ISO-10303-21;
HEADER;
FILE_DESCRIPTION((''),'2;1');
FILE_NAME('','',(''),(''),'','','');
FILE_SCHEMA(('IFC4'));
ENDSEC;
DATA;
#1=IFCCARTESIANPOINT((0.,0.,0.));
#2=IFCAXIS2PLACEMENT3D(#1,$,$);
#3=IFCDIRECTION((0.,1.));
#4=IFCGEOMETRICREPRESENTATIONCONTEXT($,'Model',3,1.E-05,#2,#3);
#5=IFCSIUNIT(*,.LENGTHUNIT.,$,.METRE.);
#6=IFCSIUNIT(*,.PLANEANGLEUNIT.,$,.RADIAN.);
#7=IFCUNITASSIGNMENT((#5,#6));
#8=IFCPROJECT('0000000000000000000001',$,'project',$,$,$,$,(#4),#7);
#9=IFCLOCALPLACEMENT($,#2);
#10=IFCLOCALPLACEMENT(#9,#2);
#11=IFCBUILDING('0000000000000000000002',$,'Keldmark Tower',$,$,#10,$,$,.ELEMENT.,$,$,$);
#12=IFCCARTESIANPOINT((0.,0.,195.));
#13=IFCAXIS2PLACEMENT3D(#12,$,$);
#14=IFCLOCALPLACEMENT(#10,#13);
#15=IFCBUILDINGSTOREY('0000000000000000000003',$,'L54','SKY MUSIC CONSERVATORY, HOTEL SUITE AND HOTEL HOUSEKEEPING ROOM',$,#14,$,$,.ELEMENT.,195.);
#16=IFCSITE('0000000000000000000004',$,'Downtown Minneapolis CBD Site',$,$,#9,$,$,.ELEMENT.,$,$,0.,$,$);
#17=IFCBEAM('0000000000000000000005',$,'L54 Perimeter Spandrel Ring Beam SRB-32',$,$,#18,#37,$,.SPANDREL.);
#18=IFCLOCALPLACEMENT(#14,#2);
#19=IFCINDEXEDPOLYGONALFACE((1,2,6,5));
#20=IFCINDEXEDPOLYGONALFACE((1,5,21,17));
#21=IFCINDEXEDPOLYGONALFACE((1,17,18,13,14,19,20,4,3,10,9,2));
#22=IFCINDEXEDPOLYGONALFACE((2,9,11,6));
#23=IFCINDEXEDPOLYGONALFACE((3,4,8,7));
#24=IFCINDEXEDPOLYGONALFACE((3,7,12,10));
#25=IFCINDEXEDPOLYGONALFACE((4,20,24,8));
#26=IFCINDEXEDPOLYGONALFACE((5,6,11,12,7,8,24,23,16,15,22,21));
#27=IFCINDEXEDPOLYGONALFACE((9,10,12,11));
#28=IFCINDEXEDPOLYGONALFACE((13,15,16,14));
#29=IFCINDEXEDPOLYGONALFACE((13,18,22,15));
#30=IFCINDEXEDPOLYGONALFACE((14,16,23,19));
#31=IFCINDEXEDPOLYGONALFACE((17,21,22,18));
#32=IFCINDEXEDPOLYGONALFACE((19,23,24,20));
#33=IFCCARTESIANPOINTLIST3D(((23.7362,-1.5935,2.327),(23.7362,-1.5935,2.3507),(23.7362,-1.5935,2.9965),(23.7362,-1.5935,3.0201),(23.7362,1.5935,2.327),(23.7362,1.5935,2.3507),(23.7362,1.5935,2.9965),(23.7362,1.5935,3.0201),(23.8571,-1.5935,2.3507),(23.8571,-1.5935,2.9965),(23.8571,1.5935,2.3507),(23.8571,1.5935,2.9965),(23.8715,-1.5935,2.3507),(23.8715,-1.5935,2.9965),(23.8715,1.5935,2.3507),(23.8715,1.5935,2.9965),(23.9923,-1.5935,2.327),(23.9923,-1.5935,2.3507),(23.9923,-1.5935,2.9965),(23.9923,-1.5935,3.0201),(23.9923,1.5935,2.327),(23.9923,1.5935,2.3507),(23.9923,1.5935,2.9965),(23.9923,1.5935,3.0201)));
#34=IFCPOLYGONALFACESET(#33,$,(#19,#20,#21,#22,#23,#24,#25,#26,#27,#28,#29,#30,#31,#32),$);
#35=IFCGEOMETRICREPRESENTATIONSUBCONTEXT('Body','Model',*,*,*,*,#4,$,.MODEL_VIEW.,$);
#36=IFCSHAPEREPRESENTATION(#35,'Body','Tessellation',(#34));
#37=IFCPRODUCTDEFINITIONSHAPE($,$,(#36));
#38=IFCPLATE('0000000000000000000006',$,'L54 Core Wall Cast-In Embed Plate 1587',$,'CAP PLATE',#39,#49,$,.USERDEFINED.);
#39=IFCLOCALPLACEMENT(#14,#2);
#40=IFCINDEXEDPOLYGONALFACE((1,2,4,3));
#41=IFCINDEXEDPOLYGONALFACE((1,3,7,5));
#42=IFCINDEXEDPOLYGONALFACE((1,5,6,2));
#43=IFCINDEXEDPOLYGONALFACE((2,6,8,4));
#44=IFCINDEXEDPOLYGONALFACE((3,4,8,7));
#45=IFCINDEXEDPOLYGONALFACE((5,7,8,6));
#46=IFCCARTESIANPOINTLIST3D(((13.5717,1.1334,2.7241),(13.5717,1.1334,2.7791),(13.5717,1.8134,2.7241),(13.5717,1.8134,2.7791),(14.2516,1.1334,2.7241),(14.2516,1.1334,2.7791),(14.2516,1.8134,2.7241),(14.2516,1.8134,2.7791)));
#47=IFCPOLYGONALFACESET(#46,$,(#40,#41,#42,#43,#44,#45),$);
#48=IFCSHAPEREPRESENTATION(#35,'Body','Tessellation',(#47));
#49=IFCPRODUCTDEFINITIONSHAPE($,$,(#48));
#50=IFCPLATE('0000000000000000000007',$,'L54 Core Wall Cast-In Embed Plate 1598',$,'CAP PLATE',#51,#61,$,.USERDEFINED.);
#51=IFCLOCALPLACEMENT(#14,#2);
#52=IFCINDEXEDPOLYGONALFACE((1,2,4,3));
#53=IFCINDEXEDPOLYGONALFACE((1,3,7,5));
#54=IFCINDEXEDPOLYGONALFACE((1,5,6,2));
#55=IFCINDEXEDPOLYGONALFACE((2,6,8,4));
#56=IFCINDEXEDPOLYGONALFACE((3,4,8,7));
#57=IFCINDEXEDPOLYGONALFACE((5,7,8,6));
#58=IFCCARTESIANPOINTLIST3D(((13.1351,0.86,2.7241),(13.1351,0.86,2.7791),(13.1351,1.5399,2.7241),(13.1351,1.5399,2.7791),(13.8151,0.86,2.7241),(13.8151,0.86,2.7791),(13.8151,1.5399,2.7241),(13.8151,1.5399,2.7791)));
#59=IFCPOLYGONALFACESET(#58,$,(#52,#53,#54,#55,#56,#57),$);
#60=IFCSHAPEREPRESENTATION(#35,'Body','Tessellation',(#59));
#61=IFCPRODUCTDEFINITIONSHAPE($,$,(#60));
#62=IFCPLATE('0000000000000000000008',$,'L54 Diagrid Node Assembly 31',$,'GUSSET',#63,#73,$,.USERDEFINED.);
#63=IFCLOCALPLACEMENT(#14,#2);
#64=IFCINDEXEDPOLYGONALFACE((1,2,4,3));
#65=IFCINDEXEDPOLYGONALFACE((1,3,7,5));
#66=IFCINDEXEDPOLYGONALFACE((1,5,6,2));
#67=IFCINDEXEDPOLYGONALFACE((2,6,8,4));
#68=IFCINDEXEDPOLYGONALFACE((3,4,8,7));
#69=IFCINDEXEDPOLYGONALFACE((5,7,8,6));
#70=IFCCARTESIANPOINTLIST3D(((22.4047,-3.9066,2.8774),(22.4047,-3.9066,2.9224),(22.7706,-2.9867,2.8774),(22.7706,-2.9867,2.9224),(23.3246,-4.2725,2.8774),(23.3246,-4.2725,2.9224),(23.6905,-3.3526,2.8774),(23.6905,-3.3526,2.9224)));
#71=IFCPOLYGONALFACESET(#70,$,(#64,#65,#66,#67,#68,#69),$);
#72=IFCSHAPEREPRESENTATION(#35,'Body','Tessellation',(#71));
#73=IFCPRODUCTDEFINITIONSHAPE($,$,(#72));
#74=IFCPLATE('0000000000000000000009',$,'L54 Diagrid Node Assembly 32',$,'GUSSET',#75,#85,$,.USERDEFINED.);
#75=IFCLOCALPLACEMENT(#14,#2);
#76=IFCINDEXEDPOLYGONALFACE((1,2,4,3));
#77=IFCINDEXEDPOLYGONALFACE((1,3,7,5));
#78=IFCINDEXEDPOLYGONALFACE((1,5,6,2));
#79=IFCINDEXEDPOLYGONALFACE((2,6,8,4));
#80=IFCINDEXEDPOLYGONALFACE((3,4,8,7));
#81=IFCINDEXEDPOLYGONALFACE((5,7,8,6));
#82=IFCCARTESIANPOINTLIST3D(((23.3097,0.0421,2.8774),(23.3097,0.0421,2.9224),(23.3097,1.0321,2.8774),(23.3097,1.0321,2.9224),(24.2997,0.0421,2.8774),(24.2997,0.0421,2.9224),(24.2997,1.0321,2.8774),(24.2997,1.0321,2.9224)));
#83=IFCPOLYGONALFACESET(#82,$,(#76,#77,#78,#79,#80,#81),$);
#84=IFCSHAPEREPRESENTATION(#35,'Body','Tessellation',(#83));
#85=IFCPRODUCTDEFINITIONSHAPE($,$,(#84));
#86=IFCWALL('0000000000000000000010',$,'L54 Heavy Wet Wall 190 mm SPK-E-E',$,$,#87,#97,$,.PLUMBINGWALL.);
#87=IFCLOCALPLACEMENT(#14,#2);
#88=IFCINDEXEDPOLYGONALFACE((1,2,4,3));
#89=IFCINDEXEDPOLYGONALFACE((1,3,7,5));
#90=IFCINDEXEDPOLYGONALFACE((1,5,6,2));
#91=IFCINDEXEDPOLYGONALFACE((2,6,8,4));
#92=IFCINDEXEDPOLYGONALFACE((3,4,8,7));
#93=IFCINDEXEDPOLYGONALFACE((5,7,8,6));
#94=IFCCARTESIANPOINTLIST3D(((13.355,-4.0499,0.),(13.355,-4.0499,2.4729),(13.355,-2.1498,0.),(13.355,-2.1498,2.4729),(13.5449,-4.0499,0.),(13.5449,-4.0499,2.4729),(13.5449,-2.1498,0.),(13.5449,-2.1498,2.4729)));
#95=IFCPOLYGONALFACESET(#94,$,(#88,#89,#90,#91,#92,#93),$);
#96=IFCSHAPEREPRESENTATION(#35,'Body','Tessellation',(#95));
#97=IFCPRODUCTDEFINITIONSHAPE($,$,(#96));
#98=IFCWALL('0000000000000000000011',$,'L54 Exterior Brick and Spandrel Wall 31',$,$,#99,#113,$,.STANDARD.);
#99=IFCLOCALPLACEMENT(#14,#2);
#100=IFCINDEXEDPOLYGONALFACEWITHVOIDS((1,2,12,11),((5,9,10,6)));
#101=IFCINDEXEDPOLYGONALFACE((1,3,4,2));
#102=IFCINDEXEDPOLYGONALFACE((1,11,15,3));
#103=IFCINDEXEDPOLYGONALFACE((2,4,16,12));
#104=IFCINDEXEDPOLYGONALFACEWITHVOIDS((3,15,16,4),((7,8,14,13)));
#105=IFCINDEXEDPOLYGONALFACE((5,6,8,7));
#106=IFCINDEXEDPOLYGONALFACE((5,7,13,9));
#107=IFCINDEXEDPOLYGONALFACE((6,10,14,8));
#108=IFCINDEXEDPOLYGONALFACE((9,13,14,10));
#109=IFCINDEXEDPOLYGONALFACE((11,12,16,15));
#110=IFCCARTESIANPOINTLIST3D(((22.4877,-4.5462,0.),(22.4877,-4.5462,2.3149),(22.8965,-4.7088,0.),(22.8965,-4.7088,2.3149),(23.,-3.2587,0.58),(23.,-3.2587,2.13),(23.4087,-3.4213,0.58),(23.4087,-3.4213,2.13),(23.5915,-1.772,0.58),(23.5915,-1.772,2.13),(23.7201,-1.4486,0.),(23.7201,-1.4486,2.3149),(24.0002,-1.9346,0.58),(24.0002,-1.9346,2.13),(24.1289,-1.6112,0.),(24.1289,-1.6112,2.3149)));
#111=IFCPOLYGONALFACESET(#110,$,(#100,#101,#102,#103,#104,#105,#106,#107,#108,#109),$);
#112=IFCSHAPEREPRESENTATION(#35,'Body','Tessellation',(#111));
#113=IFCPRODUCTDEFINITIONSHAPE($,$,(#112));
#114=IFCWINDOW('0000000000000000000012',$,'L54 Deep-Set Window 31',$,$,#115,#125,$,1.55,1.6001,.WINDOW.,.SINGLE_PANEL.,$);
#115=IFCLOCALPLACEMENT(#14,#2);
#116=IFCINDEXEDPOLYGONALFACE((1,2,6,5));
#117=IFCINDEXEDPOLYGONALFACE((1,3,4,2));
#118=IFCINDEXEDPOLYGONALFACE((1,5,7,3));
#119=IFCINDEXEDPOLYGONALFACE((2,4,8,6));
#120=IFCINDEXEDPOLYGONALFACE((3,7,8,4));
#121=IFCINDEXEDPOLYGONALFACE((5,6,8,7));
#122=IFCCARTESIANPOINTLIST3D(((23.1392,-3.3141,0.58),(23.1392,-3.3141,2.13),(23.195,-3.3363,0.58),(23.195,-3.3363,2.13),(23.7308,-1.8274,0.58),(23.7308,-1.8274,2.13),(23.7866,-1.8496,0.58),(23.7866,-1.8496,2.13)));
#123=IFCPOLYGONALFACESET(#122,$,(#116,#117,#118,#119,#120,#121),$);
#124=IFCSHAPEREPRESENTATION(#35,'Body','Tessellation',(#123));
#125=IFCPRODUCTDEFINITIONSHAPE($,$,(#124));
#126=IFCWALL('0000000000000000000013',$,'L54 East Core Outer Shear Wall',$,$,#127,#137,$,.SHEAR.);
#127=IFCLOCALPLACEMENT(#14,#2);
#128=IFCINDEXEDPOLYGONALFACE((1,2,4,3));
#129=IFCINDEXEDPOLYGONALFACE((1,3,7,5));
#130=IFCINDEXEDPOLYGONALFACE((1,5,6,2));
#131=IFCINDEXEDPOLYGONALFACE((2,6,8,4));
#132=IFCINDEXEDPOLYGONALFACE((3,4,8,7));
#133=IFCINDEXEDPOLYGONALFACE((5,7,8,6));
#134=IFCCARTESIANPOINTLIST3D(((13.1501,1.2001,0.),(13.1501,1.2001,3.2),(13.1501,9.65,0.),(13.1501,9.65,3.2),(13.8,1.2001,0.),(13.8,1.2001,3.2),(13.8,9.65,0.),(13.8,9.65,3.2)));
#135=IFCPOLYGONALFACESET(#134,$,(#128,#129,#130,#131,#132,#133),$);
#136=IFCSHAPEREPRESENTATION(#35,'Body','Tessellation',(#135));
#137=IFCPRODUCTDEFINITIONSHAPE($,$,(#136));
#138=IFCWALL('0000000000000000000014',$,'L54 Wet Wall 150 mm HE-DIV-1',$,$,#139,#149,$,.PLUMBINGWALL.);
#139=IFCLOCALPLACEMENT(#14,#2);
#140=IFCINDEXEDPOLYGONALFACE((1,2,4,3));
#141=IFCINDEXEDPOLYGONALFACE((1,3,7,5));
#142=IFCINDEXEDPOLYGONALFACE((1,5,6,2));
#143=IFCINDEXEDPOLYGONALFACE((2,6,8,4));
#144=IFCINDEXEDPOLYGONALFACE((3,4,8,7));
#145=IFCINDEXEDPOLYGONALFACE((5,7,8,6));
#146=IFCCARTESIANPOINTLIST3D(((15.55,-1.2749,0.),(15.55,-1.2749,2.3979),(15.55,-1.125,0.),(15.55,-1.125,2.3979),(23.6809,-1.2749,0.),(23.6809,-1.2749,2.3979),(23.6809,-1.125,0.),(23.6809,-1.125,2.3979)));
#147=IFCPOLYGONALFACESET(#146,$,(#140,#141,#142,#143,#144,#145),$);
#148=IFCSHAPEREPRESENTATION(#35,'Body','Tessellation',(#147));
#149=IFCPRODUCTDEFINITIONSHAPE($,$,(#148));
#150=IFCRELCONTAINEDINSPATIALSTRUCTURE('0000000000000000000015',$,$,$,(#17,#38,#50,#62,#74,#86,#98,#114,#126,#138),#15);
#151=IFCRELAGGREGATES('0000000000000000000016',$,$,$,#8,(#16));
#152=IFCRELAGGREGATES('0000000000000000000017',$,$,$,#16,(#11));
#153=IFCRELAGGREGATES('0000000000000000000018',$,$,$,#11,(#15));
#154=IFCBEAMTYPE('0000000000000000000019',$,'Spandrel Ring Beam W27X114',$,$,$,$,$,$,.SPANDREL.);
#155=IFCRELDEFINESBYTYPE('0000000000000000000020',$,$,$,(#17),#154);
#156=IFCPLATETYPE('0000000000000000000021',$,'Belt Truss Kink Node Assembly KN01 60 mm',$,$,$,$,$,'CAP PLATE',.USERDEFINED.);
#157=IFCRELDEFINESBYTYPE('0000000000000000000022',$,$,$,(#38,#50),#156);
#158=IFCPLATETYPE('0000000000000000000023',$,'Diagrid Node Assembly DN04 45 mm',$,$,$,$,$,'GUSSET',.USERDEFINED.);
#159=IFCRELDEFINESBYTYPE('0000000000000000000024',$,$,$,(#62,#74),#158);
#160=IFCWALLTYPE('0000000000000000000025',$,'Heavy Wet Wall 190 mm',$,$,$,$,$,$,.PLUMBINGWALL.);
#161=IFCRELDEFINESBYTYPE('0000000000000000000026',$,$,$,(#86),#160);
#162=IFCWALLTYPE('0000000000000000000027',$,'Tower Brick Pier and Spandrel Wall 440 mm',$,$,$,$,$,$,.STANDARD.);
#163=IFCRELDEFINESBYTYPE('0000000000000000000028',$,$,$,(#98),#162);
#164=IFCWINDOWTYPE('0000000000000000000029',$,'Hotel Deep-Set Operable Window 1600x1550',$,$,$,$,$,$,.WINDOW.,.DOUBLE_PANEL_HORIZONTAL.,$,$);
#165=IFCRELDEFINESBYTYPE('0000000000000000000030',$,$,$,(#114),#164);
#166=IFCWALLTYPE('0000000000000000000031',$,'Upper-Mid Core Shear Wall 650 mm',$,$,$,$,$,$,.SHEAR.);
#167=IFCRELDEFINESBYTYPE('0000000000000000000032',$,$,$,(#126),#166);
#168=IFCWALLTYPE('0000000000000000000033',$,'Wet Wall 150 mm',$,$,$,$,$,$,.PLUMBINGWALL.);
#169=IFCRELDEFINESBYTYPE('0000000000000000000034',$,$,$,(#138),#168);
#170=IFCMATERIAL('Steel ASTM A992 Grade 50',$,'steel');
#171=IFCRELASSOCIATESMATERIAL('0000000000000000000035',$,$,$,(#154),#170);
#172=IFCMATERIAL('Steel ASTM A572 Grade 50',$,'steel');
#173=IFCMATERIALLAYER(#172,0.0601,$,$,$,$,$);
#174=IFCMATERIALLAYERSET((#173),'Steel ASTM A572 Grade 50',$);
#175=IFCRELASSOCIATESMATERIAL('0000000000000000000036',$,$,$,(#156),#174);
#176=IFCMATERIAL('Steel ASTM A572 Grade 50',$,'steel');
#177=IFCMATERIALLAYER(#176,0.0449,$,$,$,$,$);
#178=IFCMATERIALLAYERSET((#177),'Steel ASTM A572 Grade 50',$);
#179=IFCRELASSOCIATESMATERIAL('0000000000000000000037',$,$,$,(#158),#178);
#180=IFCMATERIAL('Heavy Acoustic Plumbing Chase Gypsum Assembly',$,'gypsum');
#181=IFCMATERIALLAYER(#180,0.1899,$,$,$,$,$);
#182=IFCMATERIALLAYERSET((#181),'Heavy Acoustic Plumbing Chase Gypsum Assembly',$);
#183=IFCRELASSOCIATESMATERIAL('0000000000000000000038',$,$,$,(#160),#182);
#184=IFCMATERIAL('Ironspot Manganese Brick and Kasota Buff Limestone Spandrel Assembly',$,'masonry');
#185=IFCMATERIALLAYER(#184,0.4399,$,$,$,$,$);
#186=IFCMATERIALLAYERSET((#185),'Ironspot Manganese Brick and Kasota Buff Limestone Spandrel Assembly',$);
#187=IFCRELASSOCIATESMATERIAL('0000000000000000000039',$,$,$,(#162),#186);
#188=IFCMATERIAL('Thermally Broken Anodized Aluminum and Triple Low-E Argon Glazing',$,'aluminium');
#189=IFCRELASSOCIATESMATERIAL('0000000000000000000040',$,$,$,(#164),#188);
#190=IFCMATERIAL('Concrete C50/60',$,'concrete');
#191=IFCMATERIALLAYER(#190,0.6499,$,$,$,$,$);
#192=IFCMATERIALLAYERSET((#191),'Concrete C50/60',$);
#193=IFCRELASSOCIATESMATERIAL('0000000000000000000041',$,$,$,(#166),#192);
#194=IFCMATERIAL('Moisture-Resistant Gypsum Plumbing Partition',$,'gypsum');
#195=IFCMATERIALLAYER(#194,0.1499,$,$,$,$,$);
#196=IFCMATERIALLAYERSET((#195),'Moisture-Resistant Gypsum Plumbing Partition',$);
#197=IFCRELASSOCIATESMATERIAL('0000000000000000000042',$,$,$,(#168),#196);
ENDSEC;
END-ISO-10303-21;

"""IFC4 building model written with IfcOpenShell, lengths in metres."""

from ifc_helpers import new_model, si_unit, direction, frame, frame_2d, origin, origin_2d, place, context, subcontext, project, spatial, rectangle, i_section, extrude, material, layer, layer_set, material_profile, profile_set, type_object, element, fill, save


model = new_model("IFC4")

# Units and contexts
model_context = context("Model", 3, precision=1e-05, world=origin(), true_north=direction((0.0, 1.0)))
body_context = subcontext(model_context, "Body", "Model", "MODEL_VIEW")
ifc_project = project(units=[si_unit("LENGTHUNIT", "METRE"), si_unit("PLANEANGLEUNIT", "RADIAN")], contexts=[model_context])

# Site, building, storey
site_placement = place(None, origin())
site = spatial("IfcSite", under=ifc_project, at=site_placement, Name="Downtown Minneapolis CBD Site", CompositionType="ELEMENT", RefElevation=0.0)
building_placement = place(site_placement, origin())
building = spatial("IfcBuilding", under=site, at=building_placement, Name="Keldmark Tower", CompositionType="ELEMENT")
storey_placement = place(building_placement, frame((0.0, 0.0, 195.0)))
storey = spatial("IfcBuildingStorey", under=building, at=storey_placement, Name="L54", Description="SKY MUSIC CONSERVATORY, HOTEL SUITE AND HOTEL HOUSEKEEPING ROOM", CompositionType="ELEMENT", Elevation=195.0)

# Beam
ifc_material_1 = material(Name="Steel ASTM A992 Grade 50", Category="steel")
ifc_material_profile_1 = material_profile(ifc_material_1, i_section(OverallWidth=0.2561, OverallDepth=0.6931, WebThickness=0.0144, FlangeThickness=0.0237, at=origin_2d()), Name="W27X114")
ifc_profile_set_1 = profile_set([ifc_material_profile_1], Name="Steel ASTM A992 Grade 50")
beam_type_1 = type_object("IfcBeamType", Name="Spandrel Ring Beam W27X114", PredefinedType="SPANDREL", material=ifc_profile_set_1)
beam_1_placement = place(storey_placement, frame((23.8643, -1.5935, 2.6736), z_axis=(0.0, 1.0, 0.0), x_axis=(-1.0, 0.0, 0.0)))
element("IfcBeam", 1, at=beam_1_placement, inside=storey, type_object=beam_type_1, Name="L54 Perimeter Spandrel Ring Beam SRB-32", PredefinedType="SPANDREL", context=body_context, shape_type="SweptSolid", body=[
    extrude(i_section(OverallWidth=0.2561, OverallDepth=0.6931, WebThickness=0.0144, FlangeThickness=0.0237, at=origin_2d()), origin(), (0.0, 0.0, 1.0), 3.187),
])

# Plates
ifc_material_2 = material(Name="Steel ASTM A572 Grade 50", Category="steel")
ifc_layer_1 = layer(ifc_material_2, 0.0601)
ifc_layer_set_1 = layer_set([ifc_layer_1], Name="Steel ASTM A572 Grade 50")
plate_type_1 = type_object("IfcPlateType", Name="Belt Truss Kink Node Assembly KN01 60 mm", ElementType="CAP PLATE", PredefinedType="USERDEFINED", material=ifc_layer_set_1)
for number, where, z_axis, x_axis, name in (
    (2, (13.9116, 1.4734, 2.7241), (0.0, 0.0, 1.0), (1.0, 0.0, 0.0), "L54 Core Wall Cast-In Embed Plate 1587"),
    (3, (13.4751, 1.2, 2.7241), (0.0, 0.0, 1.0), (1.0, 0.0, 0.0), "L54 Core Wall Cast-In Embed Plate 1598"),
):
    element("IfcPlate", number, at=place(storey_placement, frame(where, z_axis=z_axis, x_axis=x_axis)), inside=storey, type_object=plate_type_1, Name=name, ObjectType="CAP PLATE", PredefinedType="USERDEFINED", context=body_context, shape_type="SweptSolid", body=[
        extrude(rectangle(XDim=0.6799, YDim=0.6799, at=origin_2d()), origin(), (0.0, 0.0, 1.0), 0.0549),
    ])
ifc_material_3 = material(Name="Steel ASTM A572 Grade 50", Category="steel")
ifc_layer_2 = layer(ifc_material_3, 0.0449)
ifc_layer_set_2 = layer_set([ifc_layer_2], Name="Steel ASTM A572 Grade 50")
plate_type_2 = type_object("IfcPlateType", Name="Diagrid Node Assembly DN04 45 mm", ElementType="GUSSET", PredefinedType="USERDEFINED", material=ifc_layer_set_2)
for number, where, z_axis, x_axis, name in (
    (4, (23.0476, -3.6296, 2.8774), (0.0, 0.0, 1.0), (0.369585, 0.929197, 0.0), "L54 Diagrid Node Assembly 31"),
    (5, (23.8047, 0.5371, 2.8774), (0.0, 0.0, 1.0), (0.0, 1.0, 0.0), "L54 Diagrid Node Assembly 32"),
):
    element("IfcPlate", number, at=place(storey_placement, frame(where, z_axis=z_axis, x_axis=x_axis)), inside=storey, type_object=plate_type_2, Name=name, ObjectType="GUSSET", PredefinedType="USERDEFINED", context=body_context, shape_type="SweptSolid", body=[
        extrude(rectangle(XDim=0.99, YDim=0.99, at=origin_2d()), origin(), (0.0, 0.0, 1.0), 0.0449),
    ])

# Wall
ifc_material_4 = material(Name="Heavy Acoustic Plumbing Chase Gypsum Assembly", Category="gypsum")
ifc_layer_3 = layer(ifc_material_4, 0.1899)
ifc_layer_set_3 = layer_set([ifc_layer_3], Name="Heavy Acoustic Plumbing Chase Gypsum Assembly")
wall_type_1 = type_object("IfcWallType", Name="Heavy Wet Wall 190 mm", PredefinedType="PLUMBINGWALL", material=ifc_layer_set_3)
wall_1_placement = place(storey_placement, frame((13.45, -4.05, 0.0), z_axis=(0.0, 0.0, 1.0), x_axis=(0.0, 1.0, 0.0)))
element("IfcWall", 6, at=wall_1_placement, inside=storey, type_object=wall_type_1, Name="L54 Heavy Wet Wall 190 mm SPK-E-E", PredefinedType="PLUMBINGWALL", context=body_context, shape_type="SweptSolid", body=[
    extrude(rectangle(XDim=1.9001, YDim=0.1899, at=frame_2d((0.9502, 0.0))), origin(), (0.0, 0.0, 1.0), 2.4729),
])

# Wall, opening, window
ifc_material_5 = material(Name="Ironspot Manganese Brick and Kasota Buff Limestone Spandrel Assembly", Category="masonry")
ifc_layer_4 = layer(ifc_material_5, 0.4399)
ifc_layer_set_4 = layer_set([ifc_layer_4], Name="Ironspot Manganese Brick and Kasota Buff Limestone Spandrel Assembly")
wall_type_2 = type_object("IfcWallType", Name="Tower Brick Pier and Spandrel Wall 440 mm", PredefinedType="STANDARD", material=ifc_layer_set_4)
wall_2_placement = place(storey_placement, frame((23.9246, -1.5298, 0.0), z_axis=(0.0, 0.0, 1.0), x_axis=(-0.369673, -0.929162, 0.0)))
wall_2 = element("IfcWall", 7, at=wall_2_placement, inside=storey, type_object=wall_type_2, Name="L54 Exterior Brick and Spandrel Wall 31", PredefinedType="STANDARD", context=body_context, shape_type="SweptSolid", body=[
    extrude(rectangle(XDim=3.3337, YDim=0.4399, at=frame_2d((1.667, 0.0))), origin(), (0.0, 0.0, 1.0), 2.3149),
])
opening_1_placement = place(wall_2_placement, frame((0.3481, 0.0, 0.5801)))
opening_1 = element("IfcOpeningElement", 8, at=opening_1_placement, cuts=wall_2, PredefinedType="OPENING", context=body_context, shape_type="SweptSolid", body=[
    extrude(rectangle(XDim=1.6001, YDim=1.55, at=frame_2d((0.8, 0.7749))), frame((0.0, 0.23, 0.0), z_axis=(0.0, -1.0, 0.0), x_axis=(1.0, 0.0, 0.0)), (0.0, 0.0, 1.0), 0.46),
])
ifc_material_6 = material(Name="Thermally Broken Anodized Aluminum and Triple Low-E Argon Glazing", Category="aluminium")
window_type = type_object("IfcWindowType", Name="Hotel Deep-Set Operable Window 1600x1550", PartitioningType="DOUBLE_PANEL_HORIZONTAL", PredefinedType="WINDOW", material=ifc_material_6)
window_placement = place(opening_1_placement, origin())
window = element("IfcWindow", 9, at=window_placement, inside=storey, type_object=window_type, Name="L54 Deep-Set Window 31", OverallHeight=1.55, OverallWidth=1.6001, PartitioningType="SINGLE_PANEL", PredefinedType="WINDOW", context=body_context, shape_type="SweptSolid", body=[
    extrude(rectangle(XDim=1.6001, YDim=1.55, at=frame_2d((0.8, 0.7749))), frame((0.0, -0.01, 0.0), z_axis=(0.0, -1.0, 0.0), x_axis=(1.0, 0.0, 0.0)), (0.0, 0.0, 1.0), 0.0601),
])
fill(opening_1, window)

# Wall
ifc_material_7 = material(Name="Concrete C50/60", Category="concrete")
ifc_layer_5 = layer(ifc_material_7, 0.6499)
ifc_layer_set_5 = layer_set([ifc_layer_5], Name="Concrete C50/60")
wall_type_3 = type_object("IfcWallType", Name="Upper-Mid Core Shear Wall 650 mm", PredefinedType="SHEAR", material=ifc_layer_set_5)
wall_3_placement = place(storey_placement, frame((13.4751, 1.2, 0.0), z_axis=(0.0, 0.0, 1.0), x_axis=(0.0, 1.0, 0.0)))
element("IfcWall", 10, at=wall_3_placement, inside=storey, type_object=wall_type_3, Name="L54 East Core Outer Shear Wall", PredefinedType="SHEAR", context=body_context, shape_type="SweptSolid", body=[
    extrude(rectangle(XDim=8.45, YDim=0.6499, at=frame_2d((4.2251, 0.0))), origin(), (0.0, 0.0, 1.0), 3.2),
])

# Wall
ifc_material_8 = material(Name="Moisture-Resistant Gypsum Plumbing Partition", Category="gypsum")
ifc_layer_6 = layer(ifc_material_8, 0.1499)
ifc_layer_set_6 = layer_set([ifc_layer_6], Name="Moisture-Resistant Gypsum Plumbing Partition")
wall_type_4 = type_object("IfcWallType", Name="Wet Wall 150 mm", PredefinedType="PLUMBINGWALL", material=ifc_layer_set_6)
wall_4_placement = place(storey_placement, frame((15.55, -1.2, 0.0), z_axis=(0.0, 0.0, 1.0), x_axis=(1.0, 0.0, 0.0)))
element("IfcWall", 11, at=wall_4_placement, inside=storey, type_object=wall_type_4, Name="L54 Wet Wall 150 mm HE-DIV-1", PredefinedType="PLUMBINGWALL", context=body_context, shape_type="SweptSolid", body=[
    extrude(rectangle(XDim=8.1309, YDim=0.1499, at=frame_2d((4.0654, 0.0))), origin(), (0.0, 0.0, 1.0), 2.3979),
])

save(model, "model.ifc")
